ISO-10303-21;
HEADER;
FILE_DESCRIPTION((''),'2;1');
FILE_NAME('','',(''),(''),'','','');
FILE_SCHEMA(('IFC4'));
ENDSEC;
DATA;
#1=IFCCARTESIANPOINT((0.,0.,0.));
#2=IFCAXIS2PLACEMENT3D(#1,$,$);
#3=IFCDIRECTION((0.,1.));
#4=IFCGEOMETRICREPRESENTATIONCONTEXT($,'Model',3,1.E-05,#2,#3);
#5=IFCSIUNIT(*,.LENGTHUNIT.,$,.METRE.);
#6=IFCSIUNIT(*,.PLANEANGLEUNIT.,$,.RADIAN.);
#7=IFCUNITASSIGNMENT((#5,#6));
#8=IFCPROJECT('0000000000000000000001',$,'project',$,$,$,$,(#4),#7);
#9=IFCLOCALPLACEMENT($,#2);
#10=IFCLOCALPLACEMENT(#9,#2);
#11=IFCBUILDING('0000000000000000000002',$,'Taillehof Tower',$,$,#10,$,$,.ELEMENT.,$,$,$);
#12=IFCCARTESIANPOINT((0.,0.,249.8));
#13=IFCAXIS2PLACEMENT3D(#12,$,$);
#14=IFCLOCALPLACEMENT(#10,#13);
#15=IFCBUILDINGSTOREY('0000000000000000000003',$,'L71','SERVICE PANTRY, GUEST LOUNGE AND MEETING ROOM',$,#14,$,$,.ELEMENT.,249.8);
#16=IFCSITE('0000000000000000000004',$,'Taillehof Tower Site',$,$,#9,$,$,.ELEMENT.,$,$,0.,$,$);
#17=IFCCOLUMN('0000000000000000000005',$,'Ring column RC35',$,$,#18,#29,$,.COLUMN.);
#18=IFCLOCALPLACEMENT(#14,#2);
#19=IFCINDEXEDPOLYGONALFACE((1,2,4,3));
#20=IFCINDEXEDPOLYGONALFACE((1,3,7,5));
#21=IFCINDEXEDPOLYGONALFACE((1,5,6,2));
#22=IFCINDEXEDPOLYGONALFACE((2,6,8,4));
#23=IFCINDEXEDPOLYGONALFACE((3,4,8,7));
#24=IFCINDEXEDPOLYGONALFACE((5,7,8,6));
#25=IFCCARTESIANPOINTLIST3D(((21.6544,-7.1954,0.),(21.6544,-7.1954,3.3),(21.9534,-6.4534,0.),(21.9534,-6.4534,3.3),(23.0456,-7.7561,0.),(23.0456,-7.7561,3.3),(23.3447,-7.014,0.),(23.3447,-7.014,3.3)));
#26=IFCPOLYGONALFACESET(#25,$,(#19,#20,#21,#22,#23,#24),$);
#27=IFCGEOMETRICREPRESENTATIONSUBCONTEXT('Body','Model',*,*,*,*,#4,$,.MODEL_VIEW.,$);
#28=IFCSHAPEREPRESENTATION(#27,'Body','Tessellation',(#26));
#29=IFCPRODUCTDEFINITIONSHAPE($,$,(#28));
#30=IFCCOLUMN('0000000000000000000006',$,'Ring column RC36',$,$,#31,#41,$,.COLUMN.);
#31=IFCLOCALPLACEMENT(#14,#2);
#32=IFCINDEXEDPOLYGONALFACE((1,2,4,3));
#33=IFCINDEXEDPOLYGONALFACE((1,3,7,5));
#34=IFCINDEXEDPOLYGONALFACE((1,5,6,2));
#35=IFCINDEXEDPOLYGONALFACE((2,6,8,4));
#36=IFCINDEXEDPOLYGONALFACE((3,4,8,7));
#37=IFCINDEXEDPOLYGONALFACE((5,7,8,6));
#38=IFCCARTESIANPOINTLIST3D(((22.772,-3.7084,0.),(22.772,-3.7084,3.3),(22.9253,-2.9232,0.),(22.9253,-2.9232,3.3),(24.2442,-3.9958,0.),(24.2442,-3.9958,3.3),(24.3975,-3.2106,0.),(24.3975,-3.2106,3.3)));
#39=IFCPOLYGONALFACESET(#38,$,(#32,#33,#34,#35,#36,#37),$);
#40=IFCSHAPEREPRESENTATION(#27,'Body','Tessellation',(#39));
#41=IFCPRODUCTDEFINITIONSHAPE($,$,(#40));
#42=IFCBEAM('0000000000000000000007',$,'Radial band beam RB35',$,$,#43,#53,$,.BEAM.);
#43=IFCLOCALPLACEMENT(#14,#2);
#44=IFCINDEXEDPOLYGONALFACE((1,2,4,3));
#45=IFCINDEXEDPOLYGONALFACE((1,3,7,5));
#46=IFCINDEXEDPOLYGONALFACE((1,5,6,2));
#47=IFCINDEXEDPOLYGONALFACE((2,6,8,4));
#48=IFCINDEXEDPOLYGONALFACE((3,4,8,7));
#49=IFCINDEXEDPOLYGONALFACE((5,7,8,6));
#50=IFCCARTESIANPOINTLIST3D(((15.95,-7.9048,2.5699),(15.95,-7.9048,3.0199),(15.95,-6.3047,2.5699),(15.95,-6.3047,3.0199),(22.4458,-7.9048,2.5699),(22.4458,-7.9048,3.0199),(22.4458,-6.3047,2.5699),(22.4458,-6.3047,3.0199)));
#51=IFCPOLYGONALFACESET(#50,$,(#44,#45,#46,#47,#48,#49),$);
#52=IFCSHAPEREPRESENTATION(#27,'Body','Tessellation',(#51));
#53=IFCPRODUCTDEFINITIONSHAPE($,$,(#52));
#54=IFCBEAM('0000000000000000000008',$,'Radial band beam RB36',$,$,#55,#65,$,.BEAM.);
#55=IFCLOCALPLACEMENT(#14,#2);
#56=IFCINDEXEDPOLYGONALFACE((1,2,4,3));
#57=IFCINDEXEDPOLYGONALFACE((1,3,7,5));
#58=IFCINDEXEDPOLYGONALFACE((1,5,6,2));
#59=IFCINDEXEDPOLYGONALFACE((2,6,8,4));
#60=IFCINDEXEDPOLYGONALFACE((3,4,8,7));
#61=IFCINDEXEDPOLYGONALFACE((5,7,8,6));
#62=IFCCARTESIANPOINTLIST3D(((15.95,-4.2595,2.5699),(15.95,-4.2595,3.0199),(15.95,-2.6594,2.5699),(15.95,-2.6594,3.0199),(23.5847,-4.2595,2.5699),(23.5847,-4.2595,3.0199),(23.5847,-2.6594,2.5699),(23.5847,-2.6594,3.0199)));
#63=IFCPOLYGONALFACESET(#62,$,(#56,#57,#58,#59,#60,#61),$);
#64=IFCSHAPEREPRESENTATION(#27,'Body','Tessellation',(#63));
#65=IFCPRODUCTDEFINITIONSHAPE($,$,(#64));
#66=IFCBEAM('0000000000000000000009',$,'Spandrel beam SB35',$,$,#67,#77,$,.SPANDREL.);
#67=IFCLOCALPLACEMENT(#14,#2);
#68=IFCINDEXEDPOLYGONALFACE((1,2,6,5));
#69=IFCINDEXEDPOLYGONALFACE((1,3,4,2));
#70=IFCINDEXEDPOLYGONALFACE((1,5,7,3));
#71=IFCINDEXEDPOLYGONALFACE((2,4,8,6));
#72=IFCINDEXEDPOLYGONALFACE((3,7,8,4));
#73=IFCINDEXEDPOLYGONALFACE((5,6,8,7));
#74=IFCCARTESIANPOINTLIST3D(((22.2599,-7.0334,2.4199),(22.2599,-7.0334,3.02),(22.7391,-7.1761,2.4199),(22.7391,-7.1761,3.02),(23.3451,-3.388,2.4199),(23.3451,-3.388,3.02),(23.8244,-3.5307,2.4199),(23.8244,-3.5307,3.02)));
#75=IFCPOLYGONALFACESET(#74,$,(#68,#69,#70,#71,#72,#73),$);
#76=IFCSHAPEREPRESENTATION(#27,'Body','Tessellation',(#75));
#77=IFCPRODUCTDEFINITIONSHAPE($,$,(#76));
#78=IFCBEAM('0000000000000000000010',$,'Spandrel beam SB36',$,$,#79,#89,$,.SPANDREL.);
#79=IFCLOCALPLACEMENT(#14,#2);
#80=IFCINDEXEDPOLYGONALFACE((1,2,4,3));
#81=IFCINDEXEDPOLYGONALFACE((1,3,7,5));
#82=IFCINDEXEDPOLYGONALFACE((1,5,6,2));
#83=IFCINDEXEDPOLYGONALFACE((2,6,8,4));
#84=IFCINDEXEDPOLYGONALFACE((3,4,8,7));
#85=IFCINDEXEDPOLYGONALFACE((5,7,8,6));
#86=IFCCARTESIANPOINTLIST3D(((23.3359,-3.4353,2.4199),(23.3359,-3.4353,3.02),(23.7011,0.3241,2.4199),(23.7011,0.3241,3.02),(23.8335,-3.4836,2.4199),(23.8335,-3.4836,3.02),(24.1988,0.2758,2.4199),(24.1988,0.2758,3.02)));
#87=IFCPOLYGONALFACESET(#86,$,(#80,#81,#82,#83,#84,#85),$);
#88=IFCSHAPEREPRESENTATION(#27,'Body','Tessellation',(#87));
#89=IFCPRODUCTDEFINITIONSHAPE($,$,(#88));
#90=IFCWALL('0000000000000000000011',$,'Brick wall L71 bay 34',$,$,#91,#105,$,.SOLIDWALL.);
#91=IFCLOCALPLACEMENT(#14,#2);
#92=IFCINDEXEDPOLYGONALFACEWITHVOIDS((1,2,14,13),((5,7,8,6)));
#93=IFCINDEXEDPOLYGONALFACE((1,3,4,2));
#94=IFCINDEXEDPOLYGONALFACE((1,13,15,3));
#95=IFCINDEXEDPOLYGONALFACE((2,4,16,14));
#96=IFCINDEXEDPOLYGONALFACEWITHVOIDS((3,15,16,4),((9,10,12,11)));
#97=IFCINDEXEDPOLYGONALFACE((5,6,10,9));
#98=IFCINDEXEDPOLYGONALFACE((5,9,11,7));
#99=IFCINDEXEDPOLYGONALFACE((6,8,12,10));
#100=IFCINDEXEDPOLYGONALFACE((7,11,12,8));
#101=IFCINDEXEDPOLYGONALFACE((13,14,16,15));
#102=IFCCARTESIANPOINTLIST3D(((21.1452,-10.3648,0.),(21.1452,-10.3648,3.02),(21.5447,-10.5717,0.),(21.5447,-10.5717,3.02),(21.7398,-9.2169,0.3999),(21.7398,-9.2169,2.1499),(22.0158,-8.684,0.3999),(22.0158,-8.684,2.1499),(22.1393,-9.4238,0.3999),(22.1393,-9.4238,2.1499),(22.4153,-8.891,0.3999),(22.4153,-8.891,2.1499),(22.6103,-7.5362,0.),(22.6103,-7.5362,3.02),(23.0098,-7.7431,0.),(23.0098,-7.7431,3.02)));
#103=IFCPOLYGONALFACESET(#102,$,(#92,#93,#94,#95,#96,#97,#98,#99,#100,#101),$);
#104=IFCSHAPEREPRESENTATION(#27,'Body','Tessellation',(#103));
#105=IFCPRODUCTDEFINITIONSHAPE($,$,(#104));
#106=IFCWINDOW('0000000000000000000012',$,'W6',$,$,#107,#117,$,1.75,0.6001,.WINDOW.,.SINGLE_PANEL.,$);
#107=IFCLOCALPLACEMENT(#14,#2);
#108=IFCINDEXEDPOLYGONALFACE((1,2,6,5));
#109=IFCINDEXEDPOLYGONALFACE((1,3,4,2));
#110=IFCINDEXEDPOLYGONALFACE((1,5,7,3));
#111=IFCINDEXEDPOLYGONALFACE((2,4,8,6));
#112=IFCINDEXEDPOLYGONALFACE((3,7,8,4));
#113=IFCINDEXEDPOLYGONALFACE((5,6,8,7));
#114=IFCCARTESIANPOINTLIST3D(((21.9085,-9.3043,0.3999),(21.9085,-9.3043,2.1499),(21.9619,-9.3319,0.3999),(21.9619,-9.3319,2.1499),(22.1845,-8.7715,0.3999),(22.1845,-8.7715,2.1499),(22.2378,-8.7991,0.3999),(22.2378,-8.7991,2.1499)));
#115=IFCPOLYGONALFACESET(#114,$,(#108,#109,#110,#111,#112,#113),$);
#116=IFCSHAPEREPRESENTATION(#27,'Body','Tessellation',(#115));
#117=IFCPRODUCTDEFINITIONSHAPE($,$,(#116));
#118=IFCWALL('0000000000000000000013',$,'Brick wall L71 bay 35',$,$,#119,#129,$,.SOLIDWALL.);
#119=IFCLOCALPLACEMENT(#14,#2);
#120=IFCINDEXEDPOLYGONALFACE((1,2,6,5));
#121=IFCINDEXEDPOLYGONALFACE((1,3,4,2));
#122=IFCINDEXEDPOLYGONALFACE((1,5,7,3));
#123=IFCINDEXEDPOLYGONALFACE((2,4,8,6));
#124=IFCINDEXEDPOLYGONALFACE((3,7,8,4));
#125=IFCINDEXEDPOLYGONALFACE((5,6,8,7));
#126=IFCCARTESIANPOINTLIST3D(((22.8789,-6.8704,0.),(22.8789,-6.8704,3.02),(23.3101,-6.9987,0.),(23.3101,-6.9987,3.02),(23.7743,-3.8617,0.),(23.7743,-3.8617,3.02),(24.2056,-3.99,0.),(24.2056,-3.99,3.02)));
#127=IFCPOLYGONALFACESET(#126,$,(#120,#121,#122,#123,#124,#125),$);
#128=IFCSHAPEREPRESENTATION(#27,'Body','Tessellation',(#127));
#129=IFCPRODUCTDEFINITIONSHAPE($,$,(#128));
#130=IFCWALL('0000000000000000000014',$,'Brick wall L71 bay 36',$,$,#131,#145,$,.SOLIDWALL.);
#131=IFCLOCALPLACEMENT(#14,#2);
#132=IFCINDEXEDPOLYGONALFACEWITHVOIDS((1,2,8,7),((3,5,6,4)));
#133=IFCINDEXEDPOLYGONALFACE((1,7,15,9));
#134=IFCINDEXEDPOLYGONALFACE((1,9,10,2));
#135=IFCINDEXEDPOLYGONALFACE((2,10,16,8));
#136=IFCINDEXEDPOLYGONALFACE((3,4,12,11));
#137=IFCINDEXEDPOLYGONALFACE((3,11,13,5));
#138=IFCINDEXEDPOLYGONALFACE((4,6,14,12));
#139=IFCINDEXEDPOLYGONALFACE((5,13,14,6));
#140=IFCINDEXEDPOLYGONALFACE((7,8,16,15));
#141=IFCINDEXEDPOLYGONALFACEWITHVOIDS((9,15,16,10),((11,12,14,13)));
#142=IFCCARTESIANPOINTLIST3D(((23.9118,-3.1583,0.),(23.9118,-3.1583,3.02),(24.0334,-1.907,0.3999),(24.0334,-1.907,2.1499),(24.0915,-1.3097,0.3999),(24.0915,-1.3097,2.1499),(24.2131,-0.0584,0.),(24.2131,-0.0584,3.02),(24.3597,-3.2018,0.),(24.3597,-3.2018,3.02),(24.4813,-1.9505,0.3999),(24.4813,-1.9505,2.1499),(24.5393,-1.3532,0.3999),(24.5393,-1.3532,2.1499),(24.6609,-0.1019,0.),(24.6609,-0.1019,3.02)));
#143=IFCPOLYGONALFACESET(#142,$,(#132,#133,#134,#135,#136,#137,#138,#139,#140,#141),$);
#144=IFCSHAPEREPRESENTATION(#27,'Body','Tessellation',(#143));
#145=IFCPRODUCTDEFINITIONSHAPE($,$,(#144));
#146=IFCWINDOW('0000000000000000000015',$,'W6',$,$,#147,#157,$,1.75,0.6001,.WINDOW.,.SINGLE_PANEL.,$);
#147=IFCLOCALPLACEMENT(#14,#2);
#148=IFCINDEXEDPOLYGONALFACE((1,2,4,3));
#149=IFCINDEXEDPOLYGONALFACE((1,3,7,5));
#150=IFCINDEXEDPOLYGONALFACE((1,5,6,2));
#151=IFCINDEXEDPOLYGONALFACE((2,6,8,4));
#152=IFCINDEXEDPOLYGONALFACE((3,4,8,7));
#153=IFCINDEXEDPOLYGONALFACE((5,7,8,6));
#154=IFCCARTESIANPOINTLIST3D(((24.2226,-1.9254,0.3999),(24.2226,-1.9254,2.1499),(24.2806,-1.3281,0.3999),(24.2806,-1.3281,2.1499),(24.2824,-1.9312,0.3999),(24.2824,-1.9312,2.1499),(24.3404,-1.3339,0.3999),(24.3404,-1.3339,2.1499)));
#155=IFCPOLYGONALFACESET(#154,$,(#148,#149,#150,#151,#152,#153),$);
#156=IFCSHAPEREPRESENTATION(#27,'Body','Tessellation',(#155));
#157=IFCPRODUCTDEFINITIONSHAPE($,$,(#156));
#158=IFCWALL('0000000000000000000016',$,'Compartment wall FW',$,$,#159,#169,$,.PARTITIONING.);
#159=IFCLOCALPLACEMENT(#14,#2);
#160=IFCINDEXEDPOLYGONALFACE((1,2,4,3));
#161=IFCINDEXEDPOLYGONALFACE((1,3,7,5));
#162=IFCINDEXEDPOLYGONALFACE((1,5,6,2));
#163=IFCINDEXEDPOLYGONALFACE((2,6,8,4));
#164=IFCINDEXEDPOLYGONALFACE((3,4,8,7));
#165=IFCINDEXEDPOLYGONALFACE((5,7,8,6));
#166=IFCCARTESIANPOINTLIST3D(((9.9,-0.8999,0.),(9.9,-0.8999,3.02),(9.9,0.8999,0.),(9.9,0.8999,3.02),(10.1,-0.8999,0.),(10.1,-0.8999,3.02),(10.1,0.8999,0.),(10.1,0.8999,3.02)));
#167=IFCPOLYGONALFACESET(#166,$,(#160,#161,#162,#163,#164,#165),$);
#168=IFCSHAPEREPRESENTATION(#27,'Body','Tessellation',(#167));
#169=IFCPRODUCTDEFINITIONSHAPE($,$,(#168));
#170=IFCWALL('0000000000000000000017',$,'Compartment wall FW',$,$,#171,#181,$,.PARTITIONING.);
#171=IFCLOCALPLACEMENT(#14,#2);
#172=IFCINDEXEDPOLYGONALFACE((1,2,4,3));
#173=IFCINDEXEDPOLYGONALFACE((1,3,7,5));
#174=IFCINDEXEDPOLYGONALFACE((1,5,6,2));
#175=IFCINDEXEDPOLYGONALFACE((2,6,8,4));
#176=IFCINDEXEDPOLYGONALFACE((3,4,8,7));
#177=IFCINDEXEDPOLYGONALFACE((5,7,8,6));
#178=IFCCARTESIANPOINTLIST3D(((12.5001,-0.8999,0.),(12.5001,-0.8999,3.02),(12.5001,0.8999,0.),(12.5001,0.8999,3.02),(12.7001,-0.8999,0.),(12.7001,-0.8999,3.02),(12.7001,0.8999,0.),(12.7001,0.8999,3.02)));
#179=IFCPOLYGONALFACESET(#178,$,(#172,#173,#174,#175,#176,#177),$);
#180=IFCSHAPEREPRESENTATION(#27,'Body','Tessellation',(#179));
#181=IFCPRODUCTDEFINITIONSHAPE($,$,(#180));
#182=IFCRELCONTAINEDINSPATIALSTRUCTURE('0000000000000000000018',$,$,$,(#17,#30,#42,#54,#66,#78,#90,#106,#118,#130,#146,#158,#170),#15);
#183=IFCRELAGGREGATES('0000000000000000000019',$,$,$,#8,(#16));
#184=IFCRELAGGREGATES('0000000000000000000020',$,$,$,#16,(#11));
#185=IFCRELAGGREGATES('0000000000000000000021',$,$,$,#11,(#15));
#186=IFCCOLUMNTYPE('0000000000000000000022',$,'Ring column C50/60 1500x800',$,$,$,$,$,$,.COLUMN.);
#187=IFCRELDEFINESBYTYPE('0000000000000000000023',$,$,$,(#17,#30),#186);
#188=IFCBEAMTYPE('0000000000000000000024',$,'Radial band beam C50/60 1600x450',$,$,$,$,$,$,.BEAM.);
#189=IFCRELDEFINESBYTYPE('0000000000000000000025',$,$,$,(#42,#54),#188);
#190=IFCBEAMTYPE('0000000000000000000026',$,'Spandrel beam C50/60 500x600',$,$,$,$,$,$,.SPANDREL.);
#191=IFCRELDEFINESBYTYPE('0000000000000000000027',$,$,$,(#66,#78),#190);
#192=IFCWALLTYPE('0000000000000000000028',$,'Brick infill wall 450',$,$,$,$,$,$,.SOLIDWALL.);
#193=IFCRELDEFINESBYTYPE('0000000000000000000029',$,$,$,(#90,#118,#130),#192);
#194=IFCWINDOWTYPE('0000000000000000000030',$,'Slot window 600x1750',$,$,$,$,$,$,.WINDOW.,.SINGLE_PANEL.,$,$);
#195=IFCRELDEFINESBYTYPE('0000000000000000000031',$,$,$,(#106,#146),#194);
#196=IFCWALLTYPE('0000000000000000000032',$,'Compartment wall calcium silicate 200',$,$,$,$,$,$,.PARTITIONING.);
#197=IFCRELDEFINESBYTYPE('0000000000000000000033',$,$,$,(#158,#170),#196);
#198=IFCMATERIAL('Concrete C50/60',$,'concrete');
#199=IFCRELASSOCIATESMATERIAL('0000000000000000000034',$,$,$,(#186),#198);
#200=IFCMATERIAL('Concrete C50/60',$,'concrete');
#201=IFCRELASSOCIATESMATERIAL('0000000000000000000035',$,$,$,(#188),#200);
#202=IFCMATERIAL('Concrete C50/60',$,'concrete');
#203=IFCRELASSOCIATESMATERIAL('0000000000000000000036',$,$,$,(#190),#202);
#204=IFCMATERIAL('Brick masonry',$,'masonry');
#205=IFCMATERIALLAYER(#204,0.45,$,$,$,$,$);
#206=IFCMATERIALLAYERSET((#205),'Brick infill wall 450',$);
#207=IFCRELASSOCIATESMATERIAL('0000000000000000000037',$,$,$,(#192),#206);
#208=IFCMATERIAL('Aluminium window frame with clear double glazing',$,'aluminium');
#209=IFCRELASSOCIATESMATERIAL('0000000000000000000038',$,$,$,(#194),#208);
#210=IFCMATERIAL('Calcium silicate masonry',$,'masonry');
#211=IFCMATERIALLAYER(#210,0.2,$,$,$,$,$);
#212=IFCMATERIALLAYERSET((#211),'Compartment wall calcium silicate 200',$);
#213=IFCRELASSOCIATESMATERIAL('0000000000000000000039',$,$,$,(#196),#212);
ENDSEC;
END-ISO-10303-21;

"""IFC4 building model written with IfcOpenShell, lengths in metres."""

from ifc_helpers import new_model, si_unit, direction, frame, frame_2d, origin, origin_2d, place, context, subcontext, project, spatial, rectangle, extrude, material, layer, layer_set, material_profile, profile_set, type_object, element, fill, save


model = new_model("IFC4")

# Units and contexts
model_context = context("Model", 3, precision=1e-05, world=origin(), true_north=direction((0.0, 1.0)))
body_context = subcontext(model_context, "Body", "Model", "MODEL_VIEW")
ifc_project = project(units=[si_unit("LENGTHUNIT", "METRE"), si_unit("PLANEANGLEUNIT", "RADIAN")], contexts=[model_context])

# Site, building, storey
site_placement = place(None, origin())
site = spatial("IfcSite", under=ifc_project, at=site_placement, Name="Taillehof Tower Site", CompositionType="ELEMENT", RefElevation=0.0)
building_placement = place(site_placement, origin())
building = spatial("IfcBuilding", under=site, at=building_placement, Name="Taillehof Tower", CompositionType="ELEMENT")
storey_placement = place(building_placement, frame((0.0, 0.0, 249.8)))
storey = spatial("IfcBuildingStorey", under=building, at=storey_placement, Name="L71", Description="SERVICE PANTRY, GUEST LOUNGE AND MEETING ROOM", CompositionType="ELEMENT", Elevation=249.8)

# Columns
ifc_material_1 = material(Name="Concrete C50/60", Category="concrete")
ifc_material_profile_1 = material_profile(ifc_material_1, rectangle(XDim=1.5, YDim=0.8, at=origin_2d()), Name="RC 1500x800")
ifc_profile_set_1 = profile_set([ifc_material_profile_1], Name="Concrete C50/60")
column_type = type_object("IfcColumnType", Name="Ring column C50/60 1500x800", PredefinedType="COLUMN", material=ifc_profile_set_1)
for number, where, z_axis, x_axis, name in (
    (1, (22.4995, -7.1047, 0.0), (0.0, 0.0, 1.0), (0.927525, -0.373762, 0.0), "Ring column RC35"),
    (2, (23.5847, -3.4595, 0.0), (0.0, 0.0, 1.0), (0.981473, -0.191602, 0.0), "Ring column RC36"),
):
    element("IfcColumn", number, at=place(storey_placement, frame(where, z_axis=z_axis, x_axis=x_axis)), inside=storey, type_object=column_type, Name=name, PredefinedType="COLUMN", context=body_context, shape_type="SweptSolid", body=[
        extrude(rectangle(XDim=1.5, YDim=0.8, at=origin_2d()), origin(), (0.0, 0.0, 1.0), 3.3),
    ])

# Beams
ifc_material_2 = material(Name="Concrete C50/60", Category="concrete")
ifc_material_profile_2 = material_profile(ifc_material_2, rectangle(XDim=1.6001, YDim=0.45, at=origin_2d()), Name="RC 1600x450")
ifc_profile_set_2 = profile_set([ifc_material_profile_2], Name="Concrete C50/60")
beam_type_1 = type_object("IfcBeamType", Name="Radial band beam C50/60 1600x450", PredefinedType="BEAM", material=ifc_profile_set_2)
beam_1_placement = place(storey_placement, frame((22.4458, -7.1047, 2.7949), z_axis=(-1.0, 0.0, 0.0), x_axis=(0.0, -1.0, 0.0)))
element("IfcBeam", 3, at=beam_1_placement, inside=storey, type_object=beam_type_1, Name="Radial band beam RB35", PredefinedType="BEAM", context=body_context, shape_type="SweptSolid", body=[
    extrude(rectangle(XDim=1.6001, YDim=0.45, at=origin_2d()), origin(), (0.0, 0.0, 1.0), 6.4958),
])
beam_2_placement = place(storey_placement, frame((23.5847, -3.4595, 2.7949), z_axis=(-1.0, 0.0, 0.0), x_axis=(0.0, -1.0, 0.0)))
element("IfcBeam", 4, at=beam_2_placement, inside=storey, type_object=beam_type_1, Name="Radial band beam RB36", PredefinedType="BEAM", context=body_context, shape_type="SweptSolid", body=[
    extrude(rectangle(XDim=1.6001, YDim=0.45, at=origin_2d()), origin(), (0.0, 0.0, 1.0), 7.6348),
])
ifc_material_3 = material(Name="Concrete C50/60", Category="concrete")
ifc_material_profile_3 = material_profile(ifc_material_3, rectangle(XDim=0.5, YDim=0.6001, at=origin_2d()), Name="RC 500x600")
ifc_profile_set_3 = profile_set([ifc_material_profile_3], Name="Concrete C50/60")
beam_type_2 = type_object("IfcBeamType", Name="Spandrel beam C50/60 500x600", PredefinedType="SPANDREL", material=ifc_profile_set_3)
beam_3_placement = place(storey_placement, frame((22.4995, -7.1047, 2.72), z_axis=(0.285327, 0.95843, 0.0), x_axis=(-0.95843, 0.285327, 0.0)))
element("IfcBeam", 5, at=beam_3_placement, inside=storey, type_object=beam_type_2, Name="Spandrel beam SB35", PredefinedType="SPANDREL", context=body_context, shape_type="SweptSolid", body=[
    extrude(rectangle(XDim=0.5, YDim=0.6001, at=origin_2d()), origin(), (0.0, 0.0, 1.0), 3.8035),
])
beam_4_placement = place(storey_placement, frame((23.5847, -3.4595, 2.72), z_axis=(0.096694, 0.995314, 0.0), x_axis=(-0.995314, 0.096694, 0.0)))
element("IfcBeam", 6, at=beam_4_placement, inside=storey, type_object=beam_type_2, Name="Spandrel beam SB36", PredefinedType="SPANDREL", context=body_context, shape_type="SweptSolid", body=[
    extrude(rectangle(XDim=0.5, YDim=0.6001, at=origin_2d()), origin(), (0.0, 0.0, 1.0), 3.7771),
])

# Wall, opening, window
ifc_material_4 = material(Name="Brick masonry", Category="masonry")
ifc_layer_1 = layer(ifc_material_4, 0.45)
ifc_layer_set_1 = layer_set([ifc_layer_1], Name="Brick infill wall 450")
wall_type_1 = type_object("IfcWallType", Name="Brick infill wall 450", PredefinedType="SOLIDWALL", material=ifc_layer_set_1)
wall_1_placement = place(storey_placement, frame((21.345, -10.4683, 0.0), z_axis=(0.0, 0.0, 1.0), x_axis=(0.459921, 0.88796, 0.0)))
wall_1 = element("IfcWall", 7, at=wall_1_placement, inside=storey, type_object=wall_type_1, Name="Brick wall L71 bay 34", PredefinedType="SOLIDWALL", context=body_context, shape_type="SweptSolid", body=[
    extrude(rectangle(XDim=3.1855, YDim=0.45, at=frame_2d((1.5928, 0.0))), origin(), (0.0, 0.0, 1.0), 3.02),
])
opening_1_placement = place(wall_1_placement, frame((1.2927, 0.0, 0.3999)))
opening_1 = element("IfcOpeningElement", 8, at=opening_1_placement, cuts=wall_1, PredefinedType="OPENING", context=body_context, shape_type="SweptSolid", body=[
    extrude(rectangle(XDim=0.6001, YDim=1.75, at=frame_2d((0.3, 0.875))), frame((0.0, 0.2349, 0.0), z_axis=(0.0, -1.0, 0.0), x_axis=(1.0, 0.0, 0.0)), (0.0, 0.0, 1.0), 0.47),
])
ifc_material_5 = material(Name="Aluminium window frame with clear double glazing", Category="aluminium")
window_type = type_object("IfcWindowType", Name="Slot window 600x1750", PartitioningType="SINGLE_PANEL", PredefinedType="WINDOW", material=ifc_material_5)
window_1_placement = place(opening_1_placement, origin())
window_1 = element("IfcWindow", 9, at=window_1_placement, inside=storey, type_object=window_type, Name="W6", OverallHeight=1.75, OverallWidth=0.6001, PartitioningType="SINGLE_PANEL", PredefinedType="WINDOW", context=body_context, shape_type="SweptSolid", body=[
    extrude(rectangle(XDim=0.6001, YDim=1.75, at=frame_2d((0.3, 0.875))), frame((0.0, 0.0349, 0.0), z_axis=(0.0, -1.0, 0.0), x_axis=(1.0, 0.0, 0.0)), (0.0, 0.0, 1.0), 0.0601),
])
fill(opening_1, window_1)

# Wall
wall_2_placement = place(storey_placement, frame((23.0945, -6.9346, 0.0), z_axis=(0.0, 0.0, 1.0), x_axis=(0.285264, 0.958449, 0.0)))
element("IfcWall", 10, at=wall_2_placement, inside=storey, type_object=wall_type_1, Name="Brick wall L71 bay 35", PredefinedType="SOLIDWALL", context=body_context, shape_type="SweptSolid", body=[
    extrude(rectangle(XDim=3.1392, YDim=0.45, at=frame_2d((1.5696, 0.0))), origin(), (0.0, 0.0, 1.0), 3.02),
])

# Wall, opening, window
wall_3_placement = place(storey_placement, frame((24.1357, -3.1799, 0.0), z_axis=(0.0, 0.0, 1.0), x_axis=(0.096733, 0.99531, 0.0)))
wall_3 = element("IfcWall", 11, at=wall_3_placement, inside=storey, type_object=wall_type_1, Name="Brick wall L71 bay 36", PredefinedType="SOLIDWALL", context=body_context, shape_type="SweptSolid", body=[
    extrude(rectangle(XDim=3.1145, YDim=0.45, at=frame_2d((1.5571, 0.0))), origin(), (0.0, 0.0, 1.0), 3.02),
])
opening_2_placement = place(wall_3_placement, frame((1.2571, 0.0, 0.3999)))
opening_2 = element("IfcOpeningElement", 12, at=opening_2_placement, cuts=wall_3, PredefinedType="OPENING", context=body_context, shape_type="SweptSolid", body=[
    extrude(rectangle(XDim=0.6001, YDim=1.75, at=frame_2d((0.3, 0.875))), frame((0.0, 0.2349, 0.0), z_axis=(0.0, -1.0, 0.0), x_axis=(1.0, 0.0, 0.0)), (0.0, 0.0, 1.0), 0.47),
])
window_2_placement = place(opening_2_placement, origin())
window_2 = element("IfcWindow", 13, at=window_2_placement, inside=storey, type_object=window_type, Name="W6", OverallHeight=1.75, OverallWidth=0.6001, PartitioningType="SINGLE_PANEL", PredefinedType="WINDOW", context=body_context, shape_type="SweptSolid", body=[
    extrude(rectangle(XDim=0.6001, YDim=1.75, at=frame_2d((0.3, 0.875))), frame((0.0, 0.0349, 0.0), z_axis=(0.0, -1.0, 0.0), x_axis=(1.0, 0.0, 0.0)), (0.0, 0.0, 1.0), 0.0601),
])
fill(opening_2, window_2)

# Walls
ifc_material_6 = material(Name="Calcium silicate masonry", Category="masonry")
ifc_layer_2 = layer(ifc_material_6, 0.2)
ifc_layer_set_2 = layer_set([ifc_layer_2], Name="Compartment wall calcium silicate 200")
wall_type_2 = type_object("IfcWallType", Name="Compartment wall calcium silicate 200", PredefinedType="PARTITIONING", material=ifc_layer_set_2)
for number, where, z_axis, x_axis, name in (
    (14, (10.0, -0.8999, 0.0), (0.0, 0.0, 1.0), (0.0, 1.0, 0.0), "Compartment wall FW"),
    (15, (12.6001, -0.8999, 0.0), (0.0, 0.0, 1.0), (0.0, 1.0, 0.0), "Compartment wall FW"),
):
    element("IfcWall", number, at=place(storey_placement, frame(where, z_axis=z_axis, x_axis=x_axis)), inside=storey, type_object=wall_type_2, Name=name, PredefinedType="PARTITIONING", context=body_context, shape_type="SweptSolid", body=[
        extrude(rectangle(XDim=1.7998, YDim=0.2, at=frame_2d((0.8999, 0.0))), origin(), (0.0, 0.0, 1.0), 3.02),
    ])

save(model, "model.ifc")
